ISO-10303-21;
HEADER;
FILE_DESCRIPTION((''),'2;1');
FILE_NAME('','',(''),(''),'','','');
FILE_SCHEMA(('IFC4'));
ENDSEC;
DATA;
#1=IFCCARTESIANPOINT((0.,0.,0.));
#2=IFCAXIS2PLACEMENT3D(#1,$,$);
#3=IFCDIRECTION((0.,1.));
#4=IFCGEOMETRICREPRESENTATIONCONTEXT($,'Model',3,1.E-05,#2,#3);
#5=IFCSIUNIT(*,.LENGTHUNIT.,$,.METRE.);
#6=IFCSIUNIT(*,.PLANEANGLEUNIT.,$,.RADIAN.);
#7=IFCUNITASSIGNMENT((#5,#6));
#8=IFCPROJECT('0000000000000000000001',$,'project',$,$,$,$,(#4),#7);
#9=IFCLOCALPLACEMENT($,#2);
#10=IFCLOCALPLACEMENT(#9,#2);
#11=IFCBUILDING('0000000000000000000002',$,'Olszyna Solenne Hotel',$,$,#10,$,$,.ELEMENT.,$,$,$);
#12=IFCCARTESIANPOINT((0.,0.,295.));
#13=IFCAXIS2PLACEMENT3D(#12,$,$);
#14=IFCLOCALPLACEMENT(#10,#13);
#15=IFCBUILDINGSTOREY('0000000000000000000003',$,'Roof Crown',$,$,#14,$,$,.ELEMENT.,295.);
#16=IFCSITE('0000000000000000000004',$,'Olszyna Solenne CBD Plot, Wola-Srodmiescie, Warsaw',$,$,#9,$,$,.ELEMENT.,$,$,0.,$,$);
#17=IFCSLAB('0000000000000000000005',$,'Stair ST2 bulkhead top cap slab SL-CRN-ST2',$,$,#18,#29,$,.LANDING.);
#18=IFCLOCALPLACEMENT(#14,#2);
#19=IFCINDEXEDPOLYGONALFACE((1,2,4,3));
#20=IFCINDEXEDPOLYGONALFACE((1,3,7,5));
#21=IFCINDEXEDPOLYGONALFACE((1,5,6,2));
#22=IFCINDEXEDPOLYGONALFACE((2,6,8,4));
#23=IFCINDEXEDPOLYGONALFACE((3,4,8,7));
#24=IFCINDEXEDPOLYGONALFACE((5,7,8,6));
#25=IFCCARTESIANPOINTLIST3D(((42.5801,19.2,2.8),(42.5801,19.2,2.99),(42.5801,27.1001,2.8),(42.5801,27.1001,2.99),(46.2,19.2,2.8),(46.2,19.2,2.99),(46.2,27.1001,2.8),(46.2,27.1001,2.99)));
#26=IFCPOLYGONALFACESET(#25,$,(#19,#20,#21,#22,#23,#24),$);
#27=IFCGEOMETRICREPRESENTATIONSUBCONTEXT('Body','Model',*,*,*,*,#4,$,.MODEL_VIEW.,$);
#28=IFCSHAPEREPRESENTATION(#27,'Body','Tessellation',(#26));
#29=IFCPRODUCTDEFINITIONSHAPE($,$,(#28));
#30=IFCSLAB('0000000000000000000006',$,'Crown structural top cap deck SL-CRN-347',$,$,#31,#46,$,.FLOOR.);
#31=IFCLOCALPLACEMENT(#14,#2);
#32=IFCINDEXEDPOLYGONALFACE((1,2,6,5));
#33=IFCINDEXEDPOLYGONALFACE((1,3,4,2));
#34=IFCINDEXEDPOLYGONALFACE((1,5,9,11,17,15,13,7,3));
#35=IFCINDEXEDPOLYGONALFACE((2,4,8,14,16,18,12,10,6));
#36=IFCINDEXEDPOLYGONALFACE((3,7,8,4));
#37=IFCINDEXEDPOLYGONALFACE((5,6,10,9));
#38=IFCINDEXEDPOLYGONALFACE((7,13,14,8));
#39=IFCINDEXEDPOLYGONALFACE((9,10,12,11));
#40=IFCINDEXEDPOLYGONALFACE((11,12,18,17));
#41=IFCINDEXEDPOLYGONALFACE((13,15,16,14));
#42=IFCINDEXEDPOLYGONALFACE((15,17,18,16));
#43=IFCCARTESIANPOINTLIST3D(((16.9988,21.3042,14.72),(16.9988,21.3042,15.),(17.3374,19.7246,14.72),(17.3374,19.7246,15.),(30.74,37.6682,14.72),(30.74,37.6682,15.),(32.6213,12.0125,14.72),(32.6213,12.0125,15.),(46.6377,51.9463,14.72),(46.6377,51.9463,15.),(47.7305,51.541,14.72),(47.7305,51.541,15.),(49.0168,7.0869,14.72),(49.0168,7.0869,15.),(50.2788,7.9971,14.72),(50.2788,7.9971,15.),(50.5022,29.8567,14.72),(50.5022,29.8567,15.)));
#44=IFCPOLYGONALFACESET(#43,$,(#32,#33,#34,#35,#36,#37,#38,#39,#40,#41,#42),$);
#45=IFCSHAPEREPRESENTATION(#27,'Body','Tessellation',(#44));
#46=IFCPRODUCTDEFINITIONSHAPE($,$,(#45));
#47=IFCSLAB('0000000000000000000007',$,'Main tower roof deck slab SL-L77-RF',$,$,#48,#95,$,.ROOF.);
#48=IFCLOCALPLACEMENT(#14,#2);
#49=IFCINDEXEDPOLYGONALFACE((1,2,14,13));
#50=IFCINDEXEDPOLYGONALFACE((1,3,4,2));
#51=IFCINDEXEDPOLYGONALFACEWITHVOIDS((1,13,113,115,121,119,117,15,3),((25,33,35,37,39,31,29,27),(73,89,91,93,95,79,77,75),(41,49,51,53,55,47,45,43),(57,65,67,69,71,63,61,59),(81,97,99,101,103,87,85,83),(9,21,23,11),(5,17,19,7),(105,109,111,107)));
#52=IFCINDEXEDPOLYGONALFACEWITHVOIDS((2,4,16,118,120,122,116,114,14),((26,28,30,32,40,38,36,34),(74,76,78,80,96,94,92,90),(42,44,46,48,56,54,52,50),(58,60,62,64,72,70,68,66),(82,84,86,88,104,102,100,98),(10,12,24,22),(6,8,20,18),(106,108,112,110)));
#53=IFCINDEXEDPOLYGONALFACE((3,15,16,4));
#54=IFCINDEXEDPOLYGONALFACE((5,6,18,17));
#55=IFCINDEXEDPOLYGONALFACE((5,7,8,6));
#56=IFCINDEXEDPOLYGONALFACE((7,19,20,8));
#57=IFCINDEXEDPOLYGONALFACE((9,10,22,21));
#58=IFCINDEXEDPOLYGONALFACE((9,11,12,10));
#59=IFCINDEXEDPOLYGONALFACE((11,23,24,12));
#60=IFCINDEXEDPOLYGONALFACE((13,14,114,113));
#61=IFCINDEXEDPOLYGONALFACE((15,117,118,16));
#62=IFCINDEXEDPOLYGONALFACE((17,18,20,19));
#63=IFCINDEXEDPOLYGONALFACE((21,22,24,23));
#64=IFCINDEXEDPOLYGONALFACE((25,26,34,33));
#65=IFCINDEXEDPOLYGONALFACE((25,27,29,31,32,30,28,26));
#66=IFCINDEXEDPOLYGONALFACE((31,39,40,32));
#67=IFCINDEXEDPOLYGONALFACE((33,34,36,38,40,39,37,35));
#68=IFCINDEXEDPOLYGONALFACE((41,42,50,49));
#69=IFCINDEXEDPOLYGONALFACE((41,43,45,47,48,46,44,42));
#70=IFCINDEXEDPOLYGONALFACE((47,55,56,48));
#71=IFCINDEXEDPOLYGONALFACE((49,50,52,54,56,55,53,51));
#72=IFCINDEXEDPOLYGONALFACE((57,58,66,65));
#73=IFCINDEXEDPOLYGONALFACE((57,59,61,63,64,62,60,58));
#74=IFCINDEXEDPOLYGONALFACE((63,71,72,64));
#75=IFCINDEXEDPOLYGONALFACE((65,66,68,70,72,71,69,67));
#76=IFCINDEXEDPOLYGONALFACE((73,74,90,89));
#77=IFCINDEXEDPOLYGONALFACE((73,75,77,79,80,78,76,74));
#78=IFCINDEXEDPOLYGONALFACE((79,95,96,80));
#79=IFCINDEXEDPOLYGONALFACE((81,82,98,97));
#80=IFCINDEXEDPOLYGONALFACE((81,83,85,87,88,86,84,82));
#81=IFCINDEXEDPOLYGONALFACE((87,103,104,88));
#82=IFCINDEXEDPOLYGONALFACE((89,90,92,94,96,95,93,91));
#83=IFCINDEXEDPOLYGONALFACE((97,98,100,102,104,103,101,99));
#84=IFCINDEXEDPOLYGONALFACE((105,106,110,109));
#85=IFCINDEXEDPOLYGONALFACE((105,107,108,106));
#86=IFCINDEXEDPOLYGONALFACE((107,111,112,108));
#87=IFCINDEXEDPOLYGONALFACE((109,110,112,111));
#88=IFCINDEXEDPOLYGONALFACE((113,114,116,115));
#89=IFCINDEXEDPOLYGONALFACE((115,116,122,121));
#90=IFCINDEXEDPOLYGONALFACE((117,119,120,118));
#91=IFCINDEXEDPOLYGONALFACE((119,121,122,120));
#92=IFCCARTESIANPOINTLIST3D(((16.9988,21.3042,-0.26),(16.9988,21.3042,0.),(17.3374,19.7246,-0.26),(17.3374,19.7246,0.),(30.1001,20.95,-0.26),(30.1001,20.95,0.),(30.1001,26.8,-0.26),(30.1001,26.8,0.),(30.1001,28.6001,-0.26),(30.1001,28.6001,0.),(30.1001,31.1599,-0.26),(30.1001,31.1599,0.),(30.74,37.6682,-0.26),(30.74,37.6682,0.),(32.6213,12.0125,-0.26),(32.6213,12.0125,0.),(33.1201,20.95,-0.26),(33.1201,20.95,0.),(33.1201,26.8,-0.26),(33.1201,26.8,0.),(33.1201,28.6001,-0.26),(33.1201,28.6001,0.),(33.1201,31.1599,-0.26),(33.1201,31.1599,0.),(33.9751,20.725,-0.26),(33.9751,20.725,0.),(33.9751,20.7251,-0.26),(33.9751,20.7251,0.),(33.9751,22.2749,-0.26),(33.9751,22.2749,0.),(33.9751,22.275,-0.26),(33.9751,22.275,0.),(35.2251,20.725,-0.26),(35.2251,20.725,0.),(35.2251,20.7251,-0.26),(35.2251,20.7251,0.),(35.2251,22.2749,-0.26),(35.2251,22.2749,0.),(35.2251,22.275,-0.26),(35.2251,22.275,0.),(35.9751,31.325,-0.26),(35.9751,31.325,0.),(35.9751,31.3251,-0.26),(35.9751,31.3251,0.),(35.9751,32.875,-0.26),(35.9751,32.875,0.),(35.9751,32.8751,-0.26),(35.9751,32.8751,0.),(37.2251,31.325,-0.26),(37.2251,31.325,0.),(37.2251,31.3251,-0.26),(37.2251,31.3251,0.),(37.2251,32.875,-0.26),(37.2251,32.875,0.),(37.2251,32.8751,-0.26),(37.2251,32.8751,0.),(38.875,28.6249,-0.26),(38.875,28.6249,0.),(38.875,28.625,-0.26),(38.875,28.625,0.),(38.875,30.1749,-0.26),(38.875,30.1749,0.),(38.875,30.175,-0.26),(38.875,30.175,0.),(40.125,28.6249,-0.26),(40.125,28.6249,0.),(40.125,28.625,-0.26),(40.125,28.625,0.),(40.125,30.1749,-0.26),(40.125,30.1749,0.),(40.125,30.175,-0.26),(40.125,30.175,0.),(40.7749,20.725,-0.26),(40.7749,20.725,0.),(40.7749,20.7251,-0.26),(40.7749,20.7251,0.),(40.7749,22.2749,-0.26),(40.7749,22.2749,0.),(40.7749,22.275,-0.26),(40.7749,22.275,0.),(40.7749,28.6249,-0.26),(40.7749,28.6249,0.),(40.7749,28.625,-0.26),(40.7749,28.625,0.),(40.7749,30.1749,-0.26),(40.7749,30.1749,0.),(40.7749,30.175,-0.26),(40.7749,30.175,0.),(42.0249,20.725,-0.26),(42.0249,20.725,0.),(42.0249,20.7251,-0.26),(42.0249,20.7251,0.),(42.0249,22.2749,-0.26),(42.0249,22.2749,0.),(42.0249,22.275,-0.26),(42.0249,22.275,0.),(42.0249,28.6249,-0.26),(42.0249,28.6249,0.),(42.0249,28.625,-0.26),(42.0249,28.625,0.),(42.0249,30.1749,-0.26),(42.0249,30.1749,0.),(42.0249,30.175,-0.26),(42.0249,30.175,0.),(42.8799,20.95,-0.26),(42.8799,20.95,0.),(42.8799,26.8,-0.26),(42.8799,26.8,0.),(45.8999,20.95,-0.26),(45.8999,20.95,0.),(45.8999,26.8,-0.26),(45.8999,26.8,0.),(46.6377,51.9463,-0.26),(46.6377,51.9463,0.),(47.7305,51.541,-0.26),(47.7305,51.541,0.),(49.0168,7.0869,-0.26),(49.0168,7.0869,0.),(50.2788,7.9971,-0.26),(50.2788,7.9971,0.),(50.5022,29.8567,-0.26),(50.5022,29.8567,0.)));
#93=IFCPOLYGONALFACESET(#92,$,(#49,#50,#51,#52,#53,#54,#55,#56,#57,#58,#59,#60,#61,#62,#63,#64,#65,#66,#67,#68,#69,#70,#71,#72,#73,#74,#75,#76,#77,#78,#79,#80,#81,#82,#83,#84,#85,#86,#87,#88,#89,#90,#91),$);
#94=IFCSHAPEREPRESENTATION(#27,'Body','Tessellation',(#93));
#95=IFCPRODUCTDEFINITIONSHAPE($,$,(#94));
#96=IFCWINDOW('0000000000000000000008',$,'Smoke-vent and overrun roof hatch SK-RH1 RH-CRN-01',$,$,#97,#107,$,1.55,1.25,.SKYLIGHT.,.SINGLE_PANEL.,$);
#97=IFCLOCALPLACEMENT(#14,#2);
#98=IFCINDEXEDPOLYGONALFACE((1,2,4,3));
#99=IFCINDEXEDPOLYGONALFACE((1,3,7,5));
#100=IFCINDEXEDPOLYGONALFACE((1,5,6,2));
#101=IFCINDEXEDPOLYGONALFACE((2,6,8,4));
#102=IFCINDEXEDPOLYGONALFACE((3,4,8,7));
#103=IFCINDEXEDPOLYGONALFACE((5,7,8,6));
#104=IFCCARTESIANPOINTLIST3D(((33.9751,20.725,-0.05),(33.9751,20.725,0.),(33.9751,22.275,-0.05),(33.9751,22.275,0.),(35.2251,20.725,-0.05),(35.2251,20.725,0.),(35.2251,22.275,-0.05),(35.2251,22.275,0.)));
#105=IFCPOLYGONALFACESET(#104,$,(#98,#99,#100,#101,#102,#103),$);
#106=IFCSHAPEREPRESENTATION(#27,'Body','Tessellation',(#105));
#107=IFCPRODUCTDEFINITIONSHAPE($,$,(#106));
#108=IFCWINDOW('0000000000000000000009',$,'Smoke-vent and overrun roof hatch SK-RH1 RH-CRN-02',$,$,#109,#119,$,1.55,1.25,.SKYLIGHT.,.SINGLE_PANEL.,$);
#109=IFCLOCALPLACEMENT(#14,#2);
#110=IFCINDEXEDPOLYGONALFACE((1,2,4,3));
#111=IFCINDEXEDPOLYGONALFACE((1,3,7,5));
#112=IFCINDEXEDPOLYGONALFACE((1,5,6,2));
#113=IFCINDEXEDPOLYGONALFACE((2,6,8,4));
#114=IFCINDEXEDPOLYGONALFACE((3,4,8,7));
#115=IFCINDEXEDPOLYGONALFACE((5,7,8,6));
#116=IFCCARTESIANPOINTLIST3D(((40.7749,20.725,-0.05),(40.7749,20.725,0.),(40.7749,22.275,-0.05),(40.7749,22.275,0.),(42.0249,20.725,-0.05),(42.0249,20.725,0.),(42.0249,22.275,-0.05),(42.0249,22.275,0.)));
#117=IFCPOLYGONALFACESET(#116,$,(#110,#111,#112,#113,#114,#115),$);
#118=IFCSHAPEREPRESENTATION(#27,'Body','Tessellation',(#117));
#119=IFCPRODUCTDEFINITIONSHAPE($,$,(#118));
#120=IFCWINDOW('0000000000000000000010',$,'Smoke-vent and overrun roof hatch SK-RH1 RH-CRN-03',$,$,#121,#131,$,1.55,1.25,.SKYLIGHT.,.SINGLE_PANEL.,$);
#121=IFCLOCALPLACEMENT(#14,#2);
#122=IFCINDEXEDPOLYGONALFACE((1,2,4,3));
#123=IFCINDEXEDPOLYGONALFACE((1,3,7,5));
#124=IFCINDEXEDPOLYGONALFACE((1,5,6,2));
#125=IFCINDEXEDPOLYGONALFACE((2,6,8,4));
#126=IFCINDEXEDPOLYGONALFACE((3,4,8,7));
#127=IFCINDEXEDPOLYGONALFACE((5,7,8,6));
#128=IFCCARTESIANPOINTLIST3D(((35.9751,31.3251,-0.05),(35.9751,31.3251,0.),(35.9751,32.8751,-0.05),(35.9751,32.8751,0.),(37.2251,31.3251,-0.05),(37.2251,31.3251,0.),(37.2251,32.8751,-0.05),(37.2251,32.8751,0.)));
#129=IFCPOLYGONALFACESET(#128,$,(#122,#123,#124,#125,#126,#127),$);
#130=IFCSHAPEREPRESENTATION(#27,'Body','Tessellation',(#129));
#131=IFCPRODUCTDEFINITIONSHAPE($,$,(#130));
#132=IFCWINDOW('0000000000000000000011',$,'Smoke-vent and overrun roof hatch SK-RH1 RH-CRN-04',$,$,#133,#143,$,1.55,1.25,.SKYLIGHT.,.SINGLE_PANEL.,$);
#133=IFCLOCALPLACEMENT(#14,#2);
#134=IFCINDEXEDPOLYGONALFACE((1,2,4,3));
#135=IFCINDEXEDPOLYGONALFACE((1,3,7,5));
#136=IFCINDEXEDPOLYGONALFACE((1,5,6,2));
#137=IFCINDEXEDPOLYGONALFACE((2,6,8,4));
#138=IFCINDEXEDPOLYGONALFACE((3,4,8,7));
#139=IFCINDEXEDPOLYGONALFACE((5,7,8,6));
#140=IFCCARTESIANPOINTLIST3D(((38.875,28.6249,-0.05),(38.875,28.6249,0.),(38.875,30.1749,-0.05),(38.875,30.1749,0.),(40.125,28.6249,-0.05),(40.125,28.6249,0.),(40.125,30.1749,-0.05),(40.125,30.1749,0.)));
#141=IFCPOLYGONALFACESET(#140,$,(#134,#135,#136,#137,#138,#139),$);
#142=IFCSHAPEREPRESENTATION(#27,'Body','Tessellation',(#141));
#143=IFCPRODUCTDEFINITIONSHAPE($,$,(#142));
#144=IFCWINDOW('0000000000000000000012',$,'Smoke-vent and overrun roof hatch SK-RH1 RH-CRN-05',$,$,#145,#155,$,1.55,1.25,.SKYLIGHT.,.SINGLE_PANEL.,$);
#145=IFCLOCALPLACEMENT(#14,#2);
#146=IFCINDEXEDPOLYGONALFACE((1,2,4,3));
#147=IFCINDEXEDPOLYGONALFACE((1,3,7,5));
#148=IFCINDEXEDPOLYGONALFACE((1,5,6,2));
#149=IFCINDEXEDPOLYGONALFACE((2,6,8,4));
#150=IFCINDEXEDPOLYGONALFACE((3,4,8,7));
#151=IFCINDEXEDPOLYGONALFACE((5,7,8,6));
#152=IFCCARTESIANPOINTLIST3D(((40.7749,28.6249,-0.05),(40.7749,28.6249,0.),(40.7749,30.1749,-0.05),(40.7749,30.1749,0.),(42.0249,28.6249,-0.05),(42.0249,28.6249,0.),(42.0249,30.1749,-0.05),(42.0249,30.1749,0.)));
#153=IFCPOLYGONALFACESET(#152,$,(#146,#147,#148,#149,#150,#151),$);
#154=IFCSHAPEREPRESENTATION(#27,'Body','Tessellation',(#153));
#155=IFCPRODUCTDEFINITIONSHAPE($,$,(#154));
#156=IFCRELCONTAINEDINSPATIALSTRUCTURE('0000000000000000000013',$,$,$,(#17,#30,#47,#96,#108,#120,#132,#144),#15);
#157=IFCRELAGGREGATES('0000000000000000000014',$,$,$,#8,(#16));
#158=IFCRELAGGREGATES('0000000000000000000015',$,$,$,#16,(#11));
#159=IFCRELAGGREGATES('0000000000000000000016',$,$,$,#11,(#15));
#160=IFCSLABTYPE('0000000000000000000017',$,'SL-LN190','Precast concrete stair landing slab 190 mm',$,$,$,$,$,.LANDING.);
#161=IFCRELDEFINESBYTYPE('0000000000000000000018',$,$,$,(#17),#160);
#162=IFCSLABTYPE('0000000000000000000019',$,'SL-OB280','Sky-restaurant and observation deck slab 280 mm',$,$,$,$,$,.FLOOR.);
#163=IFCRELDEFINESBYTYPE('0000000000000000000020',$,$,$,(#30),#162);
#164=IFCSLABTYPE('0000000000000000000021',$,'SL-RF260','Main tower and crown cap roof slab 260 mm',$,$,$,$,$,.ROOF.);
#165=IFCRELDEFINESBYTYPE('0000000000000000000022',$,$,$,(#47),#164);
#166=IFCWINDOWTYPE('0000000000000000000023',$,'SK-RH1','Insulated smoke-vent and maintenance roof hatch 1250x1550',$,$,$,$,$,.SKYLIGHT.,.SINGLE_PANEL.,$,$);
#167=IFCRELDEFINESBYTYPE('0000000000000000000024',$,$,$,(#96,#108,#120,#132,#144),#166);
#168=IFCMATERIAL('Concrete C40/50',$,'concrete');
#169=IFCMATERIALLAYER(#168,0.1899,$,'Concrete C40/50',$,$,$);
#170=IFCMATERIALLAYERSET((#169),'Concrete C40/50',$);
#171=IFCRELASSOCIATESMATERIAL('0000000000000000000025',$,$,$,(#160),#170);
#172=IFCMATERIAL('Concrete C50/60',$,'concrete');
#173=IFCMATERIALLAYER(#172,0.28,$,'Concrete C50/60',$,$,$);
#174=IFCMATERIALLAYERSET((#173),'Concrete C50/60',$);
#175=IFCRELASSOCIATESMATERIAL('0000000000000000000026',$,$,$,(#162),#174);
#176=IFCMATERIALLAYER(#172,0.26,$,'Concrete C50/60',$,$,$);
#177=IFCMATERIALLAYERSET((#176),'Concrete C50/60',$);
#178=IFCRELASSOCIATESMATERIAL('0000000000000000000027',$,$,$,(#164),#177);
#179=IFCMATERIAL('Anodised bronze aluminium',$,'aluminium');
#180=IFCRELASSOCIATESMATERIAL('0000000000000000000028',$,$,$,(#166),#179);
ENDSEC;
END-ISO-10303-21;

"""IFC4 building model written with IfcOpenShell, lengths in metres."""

from ifc_helpers import new_model, si_unit, direction, frame, origin, origin_2d, place, context, subcontext, project, spatial, polyline, rectangle, outline, extrude, material, layer, layer_set, type_object, element, fill, save


model = new_model("IFC4")

# Units and contexts
model_context = context("Model", 3, precision=1e-05, world=origin(), true_north=direction((0.0, 1.0)))
body_context = subcontext(model_context, "Body", "Model", "MODEL_VIEW")
ifc_project = project(units=[si_unit("LENGTHUNIT", "METRE"), si_unit("PLANEANGLEUNIT", "RADIAN")], contexts=[model_context])

# Site, building, storey
site_placement = place(None, origin())
site = spatial("IfcSite", under=ifc_project, at=site_placement, Name="Olszyna Solenne CBD Plot, Wola-Srodmiescie, Warsaw", CompositionType="ELEMENT", RefElevation=0.0)
building_placement = place(site_placement, origin())
building = spatial("IfcBuilding", under=site, at=building_placement, Name="Olszyna Solenne Hotel", CompositionType="ELEMENT")
storey_placement = place(building_placement, frame((0.0, 0.0, 295.0)))
storey = spatial("IfcBuildingStorey", under=building, at=storey_placement, Name="Roof Crown", CompositionType="ELEMENT", Elevation=295.0)

# Slabs
ifc_material_1 = material(Name="Concrete C40/50", Category="concrete")
ifc_layer_1 = layer(ifc_material_1, 0.1899, Name="Concrete C40/50")
ifc_layer_set_1 = layer_set([ifc_layer_1], Name="Concrete C40/50")
slab_type_1 = type_object("IfcSlabType", Name="SL-LN190", Description="Precast concrete stair landing slab 190 mm", PredefinedType="LANDING", material=ifc_layer_set_1)
slab_1_placement = place(storey_placement, frame((0.0, 0.0, 2.8)))
element("IfcSlab", 1, at=slab_1_placement, inside=storey, type_object=slab_type_1, Name="Stair ST2 bulkhead top cap slab SL-CRN-ST2", PredefinedType="LANDING", context=body_context, shape_type="SweptSolid", body=[
    extrude(outline(polyline([(42.5801, 19.2), (46.2, 19.2), (46.2, 27.1001), (42.5801, 27.1001), (42.5801, 19.2)])), origin(), (0.0, 0.0, 1.0), 0.1899),
])
ifc_material_2 = material(Name="Concrete C50/60", Category="concrete")
ifc_layer_2 = layer(ifc_material_2, 0.28, Name="Concrete C50/60")
ifc_layer_set_2 = layer_set([ifc_layer_2], Name="Concrete C50/60")
slab_type_2 = type_object("IfcSlabType", Name="SL-OB280", Description="Sky-restaurant and observation deck slab 280 mm", PredefinedType="FLOOR", material=ifc_layer_set_2)
slab_2_placement = place(storey_placement, frame((0.0, 0.0, 14.72)))
element("IfcSlab", 2, at=slab_2_placement, inside=storey, type_object=slab_type_2, Name="Crown structural top cap deck SL-CRN-347", PredefinedType="FLOOR", context=body_context, shape_type="SweptSolid", body=[
    extrude(outline(polyline([(47.7305, 51.541), (46.6377, 51.9463), (30.74, 37.6682), (16.9988, 21.3042), (17.3374, 19.7246), (32.6213, 12.0125), (49.0168, 7.0869), (50.2788, 7.9971), (50.5022, 29.8567), (47.7305, 51.541)])), origin(), (0.0, 0.0, 1.0), 0.28),
])

# Slab, openings, windows
ifc_layer_3 = layer(ifc_material_2, 0.26, Name="Concrete C50/60")
ifc_layer_set_3 = layer_set([ifc_layer_3], Name="Concrete C50/60")
slab_type_3 = type_object("IfcSlabType", Name="SL-RF260", Description="Main tower and crown cap roof slab 260 mm", PredefinedType="ROOF", material=ifc_layer_set_3)
slab_3_placement = place(storey_placement, frame((0.0, 0.0, -0.26)))
slab_3 = element("IfcSlab", 3, at=slab_3_placement, inside=storey, type_object=slab_type_3, Name="Main tower roof deck slab SL-L77-RF", PredefinedType="ROOF", context=body_context, shape_type="SweptSolid", body=[
    extrude(outline(polyline([(47.7305, 51.541), (46.6377, 51.9463), (30.74, 37.6682), (16.9988, 21.3042), (17.3374, 19.7246), (32.6213, 12.0125), (49.0168, 7.0869), (50.2788, 7.9971), (50.5022, 29.8567), (47.7305, 51.541)]), holes=[polyline([(30.1001, 20.95), (33.1201, 20.95), (33.1201, 26.8), (30.1001, 26.8), (30.1001, 20.95)]), polyline([(42.8799, 20.95), (45.8999, 20.95), (45.8999, 26.8), (42.8799, 26.8), (42.8799, 20.95)]), polyline([(30.1001, 28.6001), (33.1201, 28.6001), (33.1201, 31.1599), (30.1001, 31.1599), (30.1001, 28.6001)]), polyline([(33.9751, 20.7251), (35.2251, 20.7251), (35.2251, 22.2749), (33.9751, 22.2749), (33.9751, 20.7251)]), polyline([(40.7749, 20.7251), (42.0249, 20.7251), (42.0249, 22.2749), (40.7749, 22.2749), (40.7749, 20.7251)]), polyline([(35.9751, 31.325), (37.2251, 31.325), (37.2251, 32.875), (35.9751, 32.875), (35.9751, 31.325)]), polyline([(38.875, 28.625), (40.125, 28.625), (40.125, 30.175), (38.875, 30.175), (38.875, 28.625)]), polyline([(40.7749, 28.625), (42.0249, 28.625), (42.0249, 30.175), (40.7749, 30.175), (40.7749, 28.625)])]), origin(), (0.0, 0.0, 1.0), 0.26),
])
opening_1_placement = place(slab_3_placement, frame((34.6001, 21.5, 0.0)))
opening_1 = element("IfcOpeningElement", 4, at=opening_1_placement, cuts=slab_3, PredefinedType="OPENING", context=body_context, shape_type="SweptSolid", body=[
    extrude(rectangle(XDim=1.25, YDim=1.55, at=origin_2d()), origin(), (0.0, 0.0, 1.0), 0.26),
])
opening_2_placement = place(slab_3_placement, frame((41.3999, 21.5, 0.0)))
opening_2 = element("IfcOpeningElement", 5, at=opening_2_placement, cuts=slab_3, PredefinedType="OPENING", context=body_context, shape_type="SweptSolid", body=[
    extrude(rectangle(XDim=1.25, YDim=1.55, at=origin_2d()), origin(), (0.0, 0.0, 1.0), 0.26),
])
opening_3_placement = place(slab_3_placement, frame((36.6001, 32.1001, 0.0)))
opening_3 = element("IfcOpeningElement", 6, at=opening_3_placement, cuts=slab_3, PredefinedType="OPENING", context=body_context, shape_type="SweptSolid", body=[
    extrude(rectangle(XDim=1.25, YDim=1.55, at=origin_2d()), origin(), (0.0, 0.0, 1.0), 0.26),
])
opening_4_placement = place(slab_3_placement, frame((39.5, 29.3999, 0.0)))
opening_4 = element("IfcOpeningElement", 7, at=opening_4_placement, cuts=slab_3, PredefinedType="OPENING", context=body_context, shape_type="SweptSolid", body=[
    extrude(rectangle(XDim=1.25, YDim=1.55, at=origin_2d()), origin(), (0.0, 0.0, 1.0), 0.26),
])
opening_5_placement = place(slab_3_placement, frame((41.3999, 29.3999, 0.0)))
opening_5 = element("IfcOpeningElement", 8, at=opening_5_placement, cuts=slab_3, PredefinedType="OPENING", context=body_context, shape_type="SweptSolid", body=[
    extrude(rectangle(XDim=1.25, YDim=1.55, at=origin_2d()), origin(), (0.0, 0.0, 1.0), 0.26),
])
ifc_material_3 = material(Name="Anodised bronze aluminium", Category="aluminium")
window_type = type_object("IfcWindowType", Name="SK-RH1", Description="Insulated smoke-vent and maintenance roof hatch 1250x1550", PartitioningType="SINGLE_PANEL", PredefinedType="SKYLIGHT", material=ifc_material_3)
window_1_placement = place(opening_1_placement, frame((0.0, 0.0, 0.21)))
window_1 = element("IfcWindow", 9, at=window_1_placement, inside=storey, type_object=window_type, Name="Smoke-vent and overrun roof hatch SK-RH1 RH-CRN-01", OverallHeight=1.55, OverallWidth=1.25, PartitioningType="SINGLE_PANEL", PredefinedType="SKYLIGHT", context=body_context, shape_type="SweptSolid", body=[
    extrude(rectangle(XDim=1.25, YDim=1.55, at=origin_2d()), origin(), (0.0, 0.0, 1.0), 0.05),
])
fill(opening_1, window_1)
window_2_placement = place(opening_2_placement, frame((0.0, 0.0, 0.21)))
window_2 = element("IfcWindow", 10, at=window_2_placement, inside=storey, type_object=window_type, Name="Smoke-vent and overrun roof hatch SK-RH1 RH-CRN-02", OverallHeight=1.55, OverallWidth=1.25, PartitioningType="SINGLE_PANEL", PredefinedType="SKYLIGHT", context=body_context, shape_type="SweptSolid", body=[
    extrude(rectangle(XDim=1.25, YDim=1.55, at=origin_2d()), origin(), (0.0, 0.0, 1.0), 0.05),
])
fill(opening_2, window_2)
window_3_placement = place(opening_3_placement, frame((0.0, 0.0, 0.21)))
window_3 = element("IfcWindow", 11, at=window_3_placement, inside=storey, type_object=window_type, Name="Smoke-vent and overrun roof hatch SK-RH1 RH-CRN-03", OverallHeight=1.55, OverallWidth=1.25, PartitioningType="SINGLE_PANEL", PredefinedType="SKYLIGHT", context=body_context, shape_type="SweptSolid", body=[
    extrude(rectangle(XDim=1.25, YDim=1.55, at=origin_2d()), origin(), (0.0, 0.0, 1.0), 0.05),
])
fill(opening_3, window_3)
window_4_placement = place(opening_4_placement, frame((0.0, 0.0, 0.21)))
window_4 = element("IfcWindow", 12, at=window_4_placement, inside=storey, type_object=window_type, Name="Smoke-vent and overrun roof hatch SK-RH1 RH-CRN-04", OverallHeight=1.55, OverallWidth=1.25, PartitioningType="SINGLE_PANEL", PredefinedType="SKYLIGHT", context=body_context, shape_type="SweptSolid", body=[
    extrude(rectangle(XDim=1.25, YDim=1.55, at=origin_2d()), origin(), (0.0, 0.0, 1.0), 0.05),
])
fill(opening_4, window_4)
window_5_placement = place(opening_5_placement, frame((0.0, 0.0, 0.21)))
window_5 = element("IfcWindow", 13, at=window_5_placement, inside=storey, type_object=window_type, Name="Smoke-vent and overrun roof hatch SK-RH1 RH-CRN-05", OverallHeight=1.55, OverallWidth=1.25, PartitioningType="SINGLE_PANEL", PredefinedType="SKYLIGHT", context=body_context, shape_type="SweptSolid", body=[
    extrude(rectangle(XDim=1.25, YDim=1.55, at=origin_2d()), origin(), (0.0, 0.0, 1.0), 0.05),
])
fill(opening_5, window_5)

save(model, "model.ifc")
